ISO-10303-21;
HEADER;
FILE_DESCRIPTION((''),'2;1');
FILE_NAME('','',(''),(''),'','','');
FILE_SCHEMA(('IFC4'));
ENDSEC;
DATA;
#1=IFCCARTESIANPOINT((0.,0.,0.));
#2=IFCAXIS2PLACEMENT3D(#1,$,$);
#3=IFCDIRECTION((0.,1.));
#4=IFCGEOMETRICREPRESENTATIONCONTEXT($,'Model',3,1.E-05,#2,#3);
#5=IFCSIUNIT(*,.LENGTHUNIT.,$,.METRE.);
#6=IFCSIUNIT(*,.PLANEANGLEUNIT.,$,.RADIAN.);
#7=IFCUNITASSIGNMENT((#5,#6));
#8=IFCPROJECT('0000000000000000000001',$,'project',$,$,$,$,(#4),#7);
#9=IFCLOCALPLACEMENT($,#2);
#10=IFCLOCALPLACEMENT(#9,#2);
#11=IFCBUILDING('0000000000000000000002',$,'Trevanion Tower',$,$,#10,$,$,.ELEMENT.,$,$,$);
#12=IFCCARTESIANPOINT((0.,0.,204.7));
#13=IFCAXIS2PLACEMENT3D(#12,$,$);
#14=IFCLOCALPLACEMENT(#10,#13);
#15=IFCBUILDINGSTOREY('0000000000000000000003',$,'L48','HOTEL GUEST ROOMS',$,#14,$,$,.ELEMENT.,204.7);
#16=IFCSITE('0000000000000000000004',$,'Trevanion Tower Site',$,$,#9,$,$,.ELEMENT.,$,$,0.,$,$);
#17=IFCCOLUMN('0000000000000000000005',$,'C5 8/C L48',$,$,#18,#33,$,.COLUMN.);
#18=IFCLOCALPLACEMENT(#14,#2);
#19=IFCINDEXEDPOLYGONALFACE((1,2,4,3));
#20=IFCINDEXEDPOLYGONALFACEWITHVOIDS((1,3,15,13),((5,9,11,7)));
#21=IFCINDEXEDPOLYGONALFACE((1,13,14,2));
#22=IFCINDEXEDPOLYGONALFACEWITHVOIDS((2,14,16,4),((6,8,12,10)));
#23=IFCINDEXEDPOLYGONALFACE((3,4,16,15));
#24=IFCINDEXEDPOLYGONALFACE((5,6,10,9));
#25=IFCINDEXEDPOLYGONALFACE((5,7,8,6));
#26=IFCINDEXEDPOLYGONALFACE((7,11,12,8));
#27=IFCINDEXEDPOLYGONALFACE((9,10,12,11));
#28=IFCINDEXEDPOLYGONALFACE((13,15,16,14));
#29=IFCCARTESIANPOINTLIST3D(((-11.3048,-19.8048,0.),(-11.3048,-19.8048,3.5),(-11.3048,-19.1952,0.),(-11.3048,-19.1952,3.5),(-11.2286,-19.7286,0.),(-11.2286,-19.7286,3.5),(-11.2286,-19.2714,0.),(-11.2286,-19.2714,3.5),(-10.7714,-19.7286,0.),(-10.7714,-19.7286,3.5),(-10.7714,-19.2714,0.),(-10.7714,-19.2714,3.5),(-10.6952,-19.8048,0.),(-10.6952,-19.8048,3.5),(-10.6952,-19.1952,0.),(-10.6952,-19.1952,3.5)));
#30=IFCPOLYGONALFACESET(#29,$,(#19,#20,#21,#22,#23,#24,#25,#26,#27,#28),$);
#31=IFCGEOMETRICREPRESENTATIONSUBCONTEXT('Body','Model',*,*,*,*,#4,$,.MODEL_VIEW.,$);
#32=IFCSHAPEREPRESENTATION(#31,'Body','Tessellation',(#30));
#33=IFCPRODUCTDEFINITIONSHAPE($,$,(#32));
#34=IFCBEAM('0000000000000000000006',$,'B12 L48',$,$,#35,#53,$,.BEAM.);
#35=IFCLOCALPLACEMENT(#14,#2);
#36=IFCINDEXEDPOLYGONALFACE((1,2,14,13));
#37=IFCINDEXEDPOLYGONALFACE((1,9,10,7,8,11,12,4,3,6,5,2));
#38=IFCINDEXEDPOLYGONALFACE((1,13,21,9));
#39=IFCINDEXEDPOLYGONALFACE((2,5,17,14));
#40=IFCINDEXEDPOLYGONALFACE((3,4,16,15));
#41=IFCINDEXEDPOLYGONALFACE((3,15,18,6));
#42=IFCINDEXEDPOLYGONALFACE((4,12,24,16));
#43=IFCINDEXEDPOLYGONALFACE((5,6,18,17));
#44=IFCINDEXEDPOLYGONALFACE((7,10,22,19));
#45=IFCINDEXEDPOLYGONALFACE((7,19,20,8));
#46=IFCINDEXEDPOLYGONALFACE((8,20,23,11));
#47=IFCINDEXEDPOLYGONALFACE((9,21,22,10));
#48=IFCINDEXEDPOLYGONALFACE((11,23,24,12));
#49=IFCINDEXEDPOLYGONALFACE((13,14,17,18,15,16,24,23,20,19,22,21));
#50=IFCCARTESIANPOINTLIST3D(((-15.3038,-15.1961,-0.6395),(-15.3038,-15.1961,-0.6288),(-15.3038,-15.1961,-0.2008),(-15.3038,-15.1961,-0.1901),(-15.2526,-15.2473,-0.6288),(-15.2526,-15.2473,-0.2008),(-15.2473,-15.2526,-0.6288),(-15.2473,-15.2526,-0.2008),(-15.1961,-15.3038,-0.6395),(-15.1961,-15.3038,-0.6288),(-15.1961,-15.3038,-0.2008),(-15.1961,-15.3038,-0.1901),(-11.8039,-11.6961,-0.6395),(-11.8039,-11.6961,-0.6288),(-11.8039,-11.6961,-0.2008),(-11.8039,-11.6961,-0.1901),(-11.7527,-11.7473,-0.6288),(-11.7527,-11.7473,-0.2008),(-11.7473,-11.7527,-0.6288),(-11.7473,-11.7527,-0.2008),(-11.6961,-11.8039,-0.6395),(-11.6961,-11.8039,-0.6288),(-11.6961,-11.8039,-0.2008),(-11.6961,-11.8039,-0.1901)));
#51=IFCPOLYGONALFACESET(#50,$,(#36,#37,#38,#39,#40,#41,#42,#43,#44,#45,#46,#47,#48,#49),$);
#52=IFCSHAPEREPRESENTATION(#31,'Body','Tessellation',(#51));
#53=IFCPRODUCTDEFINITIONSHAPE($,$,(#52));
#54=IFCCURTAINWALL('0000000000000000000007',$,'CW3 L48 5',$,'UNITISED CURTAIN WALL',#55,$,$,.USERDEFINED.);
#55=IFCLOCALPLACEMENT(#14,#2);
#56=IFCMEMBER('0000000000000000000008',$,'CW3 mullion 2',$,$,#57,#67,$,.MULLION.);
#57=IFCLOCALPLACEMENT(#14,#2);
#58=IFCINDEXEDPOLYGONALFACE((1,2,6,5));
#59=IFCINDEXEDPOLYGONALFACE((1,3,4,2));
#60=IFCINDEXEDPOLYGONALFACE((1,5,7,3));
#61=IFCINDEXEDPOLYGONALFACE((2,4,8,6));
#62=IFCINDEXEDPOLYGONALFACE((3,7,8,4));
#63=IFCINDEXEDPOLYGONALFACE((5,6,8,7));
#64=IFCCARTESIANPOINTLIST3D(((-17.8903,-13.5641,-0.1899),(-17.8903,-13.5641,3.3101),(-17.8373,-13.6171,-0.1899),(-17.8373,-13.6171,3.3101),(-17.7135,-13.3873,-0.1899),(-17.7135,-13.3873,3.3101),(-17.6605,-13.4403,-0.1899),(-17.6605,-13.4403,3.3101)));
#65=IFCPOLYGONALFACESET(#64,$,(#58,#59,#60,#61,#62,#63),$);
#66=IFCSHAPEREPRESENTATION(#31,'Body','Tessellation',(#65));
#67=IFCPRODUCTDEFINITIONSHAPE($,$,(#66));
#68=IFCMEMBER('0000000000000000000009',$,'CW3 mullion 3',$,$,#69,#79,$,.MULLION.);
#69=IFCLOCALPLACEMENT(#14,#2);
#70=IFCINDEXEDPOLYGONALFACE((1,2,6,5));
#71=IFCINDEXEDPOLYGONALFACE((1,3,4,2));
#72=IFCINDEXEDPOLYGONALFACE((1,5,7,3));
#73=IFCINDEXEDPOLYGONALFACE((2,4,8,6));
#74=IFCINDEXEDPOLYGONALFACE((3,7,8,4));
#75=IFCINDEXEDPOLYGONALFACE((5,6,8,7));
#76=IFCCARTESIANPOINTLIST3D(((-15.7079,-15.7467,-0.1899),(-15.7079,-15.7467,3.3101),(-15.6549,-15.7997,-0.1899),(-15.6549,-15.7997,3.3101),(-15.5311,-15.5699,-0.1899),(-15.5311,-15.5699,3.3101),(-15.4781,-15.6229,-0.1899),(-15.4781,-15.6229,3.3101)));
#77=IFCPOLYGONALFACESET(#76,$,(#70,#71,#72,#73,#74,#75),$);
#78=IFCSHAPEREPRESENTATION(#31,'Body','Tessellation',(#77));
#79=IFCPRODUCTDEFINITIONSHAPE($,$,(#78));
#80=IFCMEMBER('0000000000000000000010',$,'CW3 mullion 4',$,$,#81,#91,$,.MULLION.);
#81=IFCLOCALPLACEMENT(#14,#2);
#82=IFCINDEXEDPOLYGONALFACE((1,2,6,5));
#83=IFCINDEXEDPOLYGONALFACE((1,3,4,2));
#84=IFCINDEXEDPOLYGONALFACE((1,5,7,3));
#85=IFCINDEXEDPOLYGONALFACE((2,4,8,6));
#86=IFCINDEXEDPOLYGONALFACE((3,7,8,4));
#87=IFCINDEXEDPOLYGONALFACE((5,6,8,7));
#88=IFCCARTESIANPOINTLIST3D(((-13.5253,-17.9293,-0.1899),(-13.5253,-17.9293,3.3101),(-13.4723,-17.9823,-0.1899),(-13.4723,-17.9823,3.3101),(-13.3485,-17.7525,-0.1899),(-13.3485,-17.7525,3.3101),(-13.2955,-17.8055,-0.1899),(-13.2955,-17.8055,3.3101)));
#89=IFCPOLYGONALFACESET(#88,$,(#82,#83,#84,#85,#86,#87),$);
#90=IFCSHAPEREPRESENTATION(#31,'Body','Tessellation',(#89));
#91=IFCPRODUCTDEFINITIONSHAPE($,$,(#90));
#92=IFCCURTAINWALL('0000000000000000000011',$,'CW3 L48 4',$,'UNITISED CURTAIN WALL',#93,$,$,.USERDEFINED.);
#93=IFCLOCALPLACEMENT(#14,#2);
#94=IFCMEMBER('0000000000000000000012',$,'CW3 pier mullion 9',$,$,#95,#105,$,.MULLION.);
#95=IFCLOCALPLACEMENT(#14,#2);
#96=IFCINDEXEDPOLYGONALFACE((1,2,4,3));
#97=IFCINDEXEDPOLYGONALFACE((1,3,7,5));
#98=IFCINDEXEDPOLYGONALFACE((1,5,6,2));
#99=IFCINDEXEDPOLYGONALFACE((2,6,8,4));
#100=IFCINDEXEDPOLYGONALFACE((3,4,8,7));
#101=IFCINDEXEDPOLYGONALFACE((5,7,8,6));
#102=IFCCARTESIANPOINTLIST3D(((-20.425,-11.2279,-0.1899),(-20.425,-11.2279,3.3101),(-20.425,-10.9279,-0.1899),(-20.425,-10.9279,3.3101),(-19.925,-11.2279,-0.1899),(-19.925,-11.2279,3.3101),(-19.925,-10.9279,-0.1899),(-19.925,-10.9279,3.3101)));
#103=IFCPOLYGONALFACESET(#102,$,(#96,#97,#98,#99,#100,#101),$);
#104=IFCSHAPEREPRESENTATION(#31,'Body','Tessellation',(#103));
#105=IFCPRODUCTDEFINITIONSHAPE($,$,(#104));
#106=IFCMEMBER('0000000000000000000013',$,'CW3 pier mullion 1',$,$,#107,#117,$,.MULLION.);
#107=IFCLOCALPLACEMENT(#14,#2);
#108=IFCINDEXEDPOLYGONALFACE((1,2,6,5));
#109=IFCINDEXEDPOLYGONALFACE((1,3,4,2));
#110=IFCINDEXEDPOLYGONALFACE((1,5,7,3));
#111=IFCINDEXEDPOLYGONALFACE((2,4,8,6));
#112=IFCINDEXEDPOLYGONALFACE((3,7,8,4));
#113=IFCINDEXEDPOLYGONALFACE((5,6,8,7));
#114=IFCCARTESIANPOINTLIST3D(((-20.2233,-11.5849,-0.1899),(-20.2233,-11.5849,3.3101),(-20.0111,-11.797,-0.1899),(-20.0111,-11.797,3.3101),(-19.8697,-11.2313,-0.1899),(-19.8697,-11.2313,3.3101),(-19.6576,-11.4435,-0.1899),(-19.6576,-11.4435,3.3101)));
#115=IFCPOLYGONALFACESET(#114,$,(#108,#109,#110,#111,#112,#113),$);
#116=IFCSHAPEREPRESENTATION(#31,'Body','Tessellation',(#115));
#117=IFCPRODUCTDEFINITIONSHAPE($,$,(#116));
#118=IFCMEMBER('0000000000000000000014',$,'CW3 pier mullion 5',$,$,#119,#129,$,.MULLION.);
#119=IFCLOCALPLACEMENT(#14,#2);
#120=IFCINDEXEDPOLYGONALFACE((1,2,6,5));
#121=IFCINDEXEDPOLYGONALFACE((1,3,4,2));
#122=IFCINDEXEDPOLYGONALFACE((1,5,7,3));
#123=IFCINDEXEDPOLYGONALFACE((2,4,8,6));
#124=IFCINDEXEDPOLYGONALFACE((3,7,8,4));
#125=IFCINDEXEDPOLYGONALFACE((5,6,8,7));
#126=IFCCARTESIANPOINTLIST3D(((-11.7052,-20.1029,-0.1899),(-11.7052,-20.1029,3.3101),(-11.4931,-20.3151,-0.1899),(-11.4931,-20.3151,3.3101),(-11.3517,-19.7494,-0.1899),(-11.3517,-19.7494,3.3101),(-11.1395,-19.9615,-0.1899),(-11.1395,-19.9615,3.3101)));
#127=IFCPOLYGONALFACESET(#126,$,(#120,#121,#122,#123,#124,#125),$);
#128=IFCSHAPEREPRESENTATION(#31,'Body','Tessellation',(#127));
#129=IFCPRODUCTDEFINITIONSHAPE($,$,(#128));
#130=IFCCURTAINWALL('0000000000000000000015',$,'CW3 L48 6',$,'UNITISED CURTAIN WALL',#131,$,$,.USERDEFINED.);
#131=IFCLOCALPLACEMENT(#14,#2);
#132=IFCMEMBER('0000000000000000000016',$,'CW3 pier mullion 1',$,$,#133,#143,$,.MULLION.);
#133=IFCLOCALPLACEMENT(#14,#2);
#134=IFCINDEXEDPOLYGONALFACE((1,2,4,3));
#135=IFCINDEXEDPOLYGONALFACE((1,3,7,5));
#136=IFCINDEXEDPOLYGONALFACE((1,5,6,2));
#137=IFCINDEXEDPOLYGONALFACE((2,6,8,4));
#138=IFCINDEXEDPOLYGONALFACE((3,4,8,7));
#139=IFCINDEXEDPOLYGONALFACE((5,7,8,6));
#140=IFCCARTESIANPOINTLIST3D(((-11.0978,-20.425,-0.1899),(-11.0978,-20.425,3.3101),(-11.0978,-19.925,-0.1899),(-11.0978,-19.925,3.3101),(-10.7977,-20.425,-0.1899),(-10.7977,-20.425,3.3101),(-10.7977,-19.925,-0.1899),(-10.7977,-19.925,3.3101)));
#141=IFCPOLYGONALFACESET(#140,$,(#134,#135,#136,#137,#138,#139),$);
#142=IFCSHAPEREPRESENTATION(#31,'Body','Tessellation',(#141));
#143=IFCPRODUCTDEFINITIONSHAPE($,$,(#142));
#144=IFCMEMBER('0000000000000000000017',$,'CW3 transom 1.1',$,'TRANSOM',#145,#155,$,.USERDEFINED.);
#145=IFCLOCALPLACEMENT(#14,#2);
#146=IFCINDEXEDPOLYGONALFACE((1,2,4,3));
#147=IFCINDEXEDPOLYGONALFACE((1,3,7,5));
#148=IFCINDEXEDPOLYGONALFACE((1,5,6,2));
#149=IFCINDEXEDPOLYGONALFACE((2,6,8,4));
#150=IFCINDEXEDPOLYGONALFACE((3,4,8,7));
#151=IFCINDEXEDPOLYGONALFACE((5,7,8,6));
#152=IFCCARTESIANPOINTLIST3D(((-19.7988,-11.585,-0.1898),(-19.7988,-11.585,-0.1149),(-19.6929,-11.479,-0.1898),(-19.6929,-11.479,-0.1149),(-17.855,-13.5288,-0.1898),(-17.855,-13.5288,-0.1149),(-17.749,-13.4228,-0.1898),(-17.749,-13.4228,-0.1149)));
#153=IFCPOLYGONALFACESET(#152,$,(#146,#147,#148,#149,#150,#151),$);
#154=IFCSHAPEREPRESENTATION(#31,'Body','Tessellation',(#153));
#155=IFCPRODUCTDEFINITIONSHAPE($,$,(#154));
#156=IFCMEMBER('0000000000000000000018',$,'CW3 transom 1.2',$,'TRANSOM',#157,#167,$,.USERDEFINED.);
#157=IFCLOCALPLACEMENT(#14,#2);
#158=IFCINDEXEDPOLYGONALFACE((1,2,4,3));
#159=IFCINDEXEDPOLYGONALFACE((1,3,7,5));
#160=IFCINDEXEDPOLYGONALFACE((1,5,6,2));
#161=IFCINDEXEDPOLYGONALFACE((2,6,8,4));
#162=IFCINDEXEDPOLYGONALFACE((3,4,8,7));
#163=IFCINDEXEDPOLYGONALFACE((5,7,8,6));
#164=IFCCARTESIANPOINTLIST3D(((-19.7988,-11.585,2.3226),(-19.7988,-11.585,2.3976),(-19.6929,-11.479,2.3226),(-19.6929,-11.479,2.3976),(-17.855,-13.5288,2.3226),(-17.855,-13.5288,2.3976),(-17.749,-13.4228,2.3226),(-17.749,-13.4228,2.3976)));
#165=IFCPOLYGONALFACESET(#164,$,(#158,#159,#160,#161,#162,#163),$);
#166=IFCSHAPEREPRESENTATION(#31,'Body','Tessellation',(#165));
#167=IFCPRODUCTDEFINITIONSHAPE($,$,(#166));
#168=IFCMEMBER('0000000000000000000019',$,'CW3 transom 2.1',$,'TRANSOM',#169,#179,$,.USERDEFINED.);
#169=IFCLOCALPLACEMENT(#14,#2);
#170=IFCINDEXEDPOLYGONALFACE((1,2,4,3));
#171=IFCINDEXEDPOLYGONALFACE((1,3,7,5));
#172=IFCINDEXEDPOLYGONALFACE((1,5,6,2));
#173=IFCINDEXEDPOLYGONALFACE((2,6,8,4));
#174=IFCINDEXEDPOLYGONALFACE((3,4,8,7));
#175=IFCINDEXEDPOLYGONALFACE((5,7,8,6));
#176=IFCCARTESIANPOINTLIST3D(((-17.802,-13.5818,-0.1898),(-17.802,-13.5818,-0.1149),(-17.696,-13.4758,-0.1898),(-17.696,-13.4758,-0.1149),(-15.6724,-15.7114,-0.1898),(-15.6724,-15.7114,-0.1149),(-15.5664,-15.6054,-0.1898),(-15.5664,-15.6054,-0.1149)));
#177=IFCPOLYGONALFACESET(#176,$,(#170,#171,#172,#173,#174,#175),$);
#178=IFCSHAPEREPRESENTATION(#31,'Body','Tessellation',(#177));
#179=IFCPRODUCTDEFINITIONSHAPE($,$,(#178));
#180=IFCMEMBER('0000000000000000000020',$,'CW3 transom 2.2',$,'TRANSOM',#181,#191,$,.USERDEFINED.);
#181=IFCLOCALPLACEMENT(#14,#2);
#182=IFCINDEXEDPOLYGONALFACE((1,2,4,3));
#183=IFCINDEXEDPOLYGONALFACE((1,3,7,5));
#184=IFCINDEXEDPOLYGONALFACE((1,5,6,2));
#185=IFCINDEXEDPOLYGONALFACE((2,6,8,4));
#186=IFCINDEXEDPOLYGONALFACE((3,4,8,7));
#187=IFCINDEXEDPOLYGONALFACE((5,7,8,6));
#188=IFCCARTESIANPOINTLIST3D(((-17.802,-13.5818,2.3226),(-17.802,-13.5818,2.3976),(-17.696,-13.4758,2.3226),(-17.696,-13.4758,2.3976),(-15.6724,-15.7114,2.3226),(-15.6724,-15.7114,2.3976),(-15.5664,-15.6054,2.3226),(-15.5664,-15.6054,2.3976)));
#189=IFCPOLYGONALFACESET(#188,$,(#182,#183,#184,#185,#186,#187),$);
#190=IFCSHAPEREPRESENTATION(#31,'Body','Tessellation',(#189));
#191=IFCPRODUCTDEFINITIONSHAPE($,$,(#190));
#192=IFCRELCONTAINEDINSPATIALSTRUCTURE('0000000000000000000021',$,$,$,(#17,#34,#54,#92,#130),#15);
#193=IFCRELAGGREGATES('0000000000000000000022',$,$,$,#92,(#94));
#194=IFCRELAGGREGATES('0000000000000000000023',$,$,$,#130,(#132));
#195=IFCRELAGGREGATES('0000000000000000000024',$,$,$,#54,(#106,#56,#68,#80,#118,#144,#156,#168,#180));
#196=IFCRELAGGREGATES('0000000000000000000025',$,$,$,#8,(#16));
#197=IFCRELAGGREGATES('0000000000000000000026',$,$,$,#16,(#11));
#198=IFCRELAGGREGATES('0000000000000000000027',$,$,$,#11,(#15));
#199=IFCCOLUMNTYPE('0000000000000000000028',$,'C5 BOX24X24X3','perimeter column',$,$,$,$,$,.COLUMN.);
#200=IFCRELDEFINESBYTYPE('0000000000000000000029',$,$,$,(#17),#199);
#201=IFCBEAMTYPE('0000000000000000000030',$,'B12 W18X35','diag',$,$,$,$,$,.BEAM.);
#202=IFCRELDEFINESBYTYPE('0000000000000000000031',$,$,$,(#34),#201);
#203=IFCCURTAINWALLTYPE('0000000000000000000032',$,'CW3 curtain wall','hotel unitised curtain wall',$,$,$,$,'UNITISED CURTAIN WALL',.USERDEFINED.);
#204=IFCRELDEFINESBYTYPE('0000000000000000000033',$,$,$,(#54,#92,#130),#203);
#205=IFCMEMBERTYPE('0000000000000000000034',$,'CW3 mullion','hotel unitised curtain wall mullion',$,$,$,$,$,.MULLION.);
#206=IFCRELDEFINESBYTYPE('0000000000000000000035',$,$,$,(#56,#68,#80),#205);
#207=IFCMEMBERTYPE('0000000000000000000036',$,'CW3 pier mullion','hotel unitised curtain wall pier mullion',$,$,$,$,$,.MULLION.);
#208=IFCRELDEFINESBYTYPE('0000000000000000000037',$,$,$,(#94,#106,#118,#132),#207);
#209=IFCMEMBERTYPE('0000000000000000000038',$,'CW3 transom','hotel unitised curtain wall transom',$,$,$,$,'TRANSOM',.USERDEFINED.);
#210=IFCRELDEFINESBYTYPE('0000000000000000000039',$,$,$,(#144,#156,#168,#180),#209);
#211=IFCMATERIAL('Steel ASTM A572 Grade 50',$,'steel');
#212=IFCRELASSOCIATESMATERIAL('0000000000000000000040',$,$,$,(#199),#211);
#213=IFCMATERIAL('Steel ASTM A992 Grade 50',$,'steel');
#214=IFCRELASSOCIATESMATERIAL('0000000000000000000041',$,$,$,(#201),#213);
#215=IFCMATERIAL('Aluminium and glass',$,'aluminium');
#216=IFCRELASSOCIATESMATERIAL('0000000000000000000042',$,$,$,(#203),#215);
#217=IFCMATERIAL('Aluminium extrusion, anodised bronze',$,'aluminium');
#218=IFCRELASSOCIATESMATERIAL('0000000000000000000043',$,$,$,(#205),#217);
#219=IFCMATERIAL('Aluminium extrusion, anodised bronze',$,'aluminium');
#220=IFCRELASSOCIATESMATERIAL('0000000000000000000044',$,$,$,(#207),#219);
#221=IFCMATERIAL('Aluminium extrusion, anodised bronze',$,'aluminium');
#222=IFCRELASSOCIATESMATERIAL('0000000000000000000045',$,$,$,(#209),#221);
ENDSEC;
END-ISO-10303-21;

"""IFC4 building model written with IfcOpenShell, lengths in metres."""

from ifc_helpers import new_model, si_unit, direction, frame, origin, origin_2d, place, context, subcontext, project, spatial, rectangle, hollow_rectangle, i_section, extrude, material, material_profile, profile_set, type_object, element, aggregate, save


model = new_model("IFC4")

# Units and contexts
model_context = context("Model", 3, precision=1e-05, world=origin(), true_north=direction((0.0, 1.0)))
body_context = subcontext(model_context, "Body", "Model", "MODEL_VIEW")
ifc_project = project(units=[si_unit("LENGTHUNIT", "METRE"), si_unit("PLANEANGLEUNIT", "RADIAN")], contexts=[model_context])

# Site, building, storey
site_placement = place(None, origin())
site = spatial("IfcSite", under=ifc_project, at=site_placement, Name="Trevanion Tower Site", CompositionType="ELEMENT", RefElevation=0.0)
building_placement = place(site_placement, origin())
building = spatial("IfcBuilding", under=site, at=building_placement, Name="Trevanion Tower", CompositionType="ELEMENT")
storey_placement = place(building_placement, frame((0.0, 0.0, 204.7)))
storey = spatial("IfcBuildingStorey", under=building, at=storey_placement, Name="L48", Description="HOTEL GUEST ROOMS", CompositionType="ELEMENT", Elevation=204.7)

# Column
ifc_material_1 = material(Name="Steel ASTM A572 Grade 50", Category="steel")
ifc_material_profile_1 = material_profile(ifc_material_1, hollow_rectangle(XDim=0.6096, YDim=0.6096, WallThickness=0.0762, at=origin_2d()), Name="BOX24X24X3")
ifc_profile_set_1 = profile_set([ifc_material_profile_1], Name="Steel ASTM A572 Grade 50")
column_type = type_object("IfcColumnType", Name="C5 BOX24X24X3", Description="perimeter column", PredefinedType="COLUMN", material=ifc_profile_set_1)
column_placement = place(storey_placement, frame((-11.0, -19.5, 0.0), z_axis=(0.0, 0.0, 1.0), x_axis=(1.0, 0.0, 0.0)))
element("IfcColumn", 1, at=column_placement, inside=storey, type_object=column_type, Name="C5 8/C L48", PredefinedType="COLUMN", context=body_context, shape_type="SweptSolid", body=[
    extrude(hollow_rectangle(XDim=0.6096, YDim=0.6096, WallThickness=0.0762, at=origin_2d()), origin(), (0.0, 0.0, 1.0), 3.5),
])

# Beam
ifc_material_2 = material(Name="Steel ASTM A992 Grade 50", Category="steel")
ifc_material_profile_2 = material_profile(ifc_material_2, i_section(OverallWidth=0.1523, OverallDepth=0.4495, WebThickness=0.0076, FlangeThickness=0.0107, at=origin_2d()), Name="W18X35")
ifc_profile_set_2 = profile_set([ifc_material_profile_2], Name="Steel ASTM A992 Grade 50")
beam_type_1 = type_object("IfcBeamType", Name="B12 W18X35", Description="diag", PredefinedType="BEAM", material=ifc_profile_set_2)
beam_1_placement = place(storey_placement, frame((-11.75, -11.75, -0.4148), z_axis=(-0.707107, -0.707107, 0.0), x_axis=(0.707107, -0.707107, 0.0)))
element("IfcBeam", 2, at=beam_1_placement, inside=storey, type_object=beam_type_1, Name="B12 L48", PredefinedType="BEAM", context=body_context, shape_type="SweptSolid", body=[
    extrude(i_section(OverallWidth=0.1523, OverallDepth=0.4495, WebThickness=0.0076, FlangeThickness=0.0107, at=origin_2d()), origin(), (0.0, 0.0, 1.0), 4.9497),
])

# Curtain wall, members
ifc_material_3 = material(Name="Aluminium and glass", Category="aluminium")
curtain_wall_type = type_object("IfcCurtainWallType", Name="CW3 curtain wall", Description="hotel unitised curtain wall", ElementType="UNITISED CURTAIN WALL", PredefinedType="USERDEFINED", material=ifc_material_3)
curtain_wall_1_placement = place(storey_placement, origin())
curtain_wall_1 = element("IfcCurtainWall", 3, at=curtain_wall_1_placement, inside=storey, type_object=curtain_wall_type, Name="CW3 L48 5", ObjectType="UNITISED CURTAIN WALL", PredefinedType="USERDEFINED")
ifc_material_4 = material(Name="Aluminium extrusion, anodised bronze", Category="aluminium")
ifc_material_profile_3 = material_profile(ifc_material_4, rectangle(XDim=0.075, YDim=0.25, at=origin_2d()), Name="CW3 mullion")
ifc_profile_set_3 = profile_set([ifc_material_profile_3], Name="Aluminium extrusion, anodised bronze")
member_type_1 = type_object("IfcMemberType", Name="CW3 mullion", Description="hotel unitised curtain wall mullion", PredefinedType="MULLION", material=ifc_profile_set_3)
member_1_placement = place(storey_placement, frame((-17.7754, -13.5022, -0.1899), z_axis=(0.0, 0.0, 1.0), x_axis=(0.707107, -0.707107, 0.0)))
member_1 = element("IfcMember", 4, at=member_1_placement, type_object=member_type_1, Name="CW3 mullion 2", PredefinedType="MULLION", context=body_context, shape_type="SweptSolid", body=[
    extrude(rectangle(XDim=0.075, YDim=0.25, at=origin_2d()), origin(), (0.0, 0.0, 1.0), 3.5),
])
member_2_placement = place(storey_placement, frame((-15.593, -15.6848, -0.1899), z_axis=(0.0, 0.0, 1.0), x_axis=(0.707107, -0.707107, 0.0)))
member_2 = element("IfcMember", 5, at=member_2_placement, type_object=member_type_1, Name="CW3 mullion 3", PredefinedType="MULLION", context=body_context, shape_type="SweptSolid", body=[
    extrude(rectangle(XDim=0.075, YDim=0.25, at=origin_2d()), origin(), (0.0, 0.0, 1.0), 3.5),
])
member_3_placement = place(storey_placement, frame((-13.4104, -17.8674, -0.1899), z_axis=(0.0, 0.0, 1.0), x_axis=(0.707107, -0.707107, 0.0)))
member_3 = element("IfcMember", 6, at=member_3_placement, type_object=member_type_1, Name="CW3 mullion 4", PredefinedType="MULLION", context=body_context, shape_type="SweptSolid", body=[
    extrude(rectangle(XDim=0.075, YDim=0.25, at=origin_2d()), origin(), (0.0, 0.0, 1.0), 3.5),
])

# Curtain wall, member
curtain_wall_2_placement = place(storey_placement, origin())
curtain_wall_2 = element("IfcCurtainWall", 7, at=curtain_wall_2_placement, inside=storey, type_object=curtain_wall_type, Name="CW3 L48 4", ObjectType="UNITISED CURTAIN WALL", PredefinedType="USERDEFINED")
ifc_material_5 = material(Name="Aluminium extrusion, anodised bronze", Category="aluminium")
ifc_material_profile_4 = material_profile(ifc_material_5, rectangle(XDim=0.3, YDim=0.5, at=origin_2d()), Name="CW3 pier mullion")
ifc_profile_set_4 = profile_set([ifc_material_profile_4], Name="Aluminium extrusion, anodised bronze")
member_type_2 = type_object("IfcMemberType", Name="CW3 pier mullion", Description="hotel unitised curtain wall pier mullion", PredefinedType="MULLION", material=ifc_profile_set_4)
member_4_placement = place(storey_placement, frame((-20.175, -11.0779, -0.1899), z_axis=(0.0, 0.0, 1.0), x_axis=(0.0, -1.0, 0.0)))
member_4 = element("IfcMember", 8, at=member_4_placement, type_object=member_type_2, Name="CW3 pier mullion 9", PredefinedType="MULLION", context=body_context, shape_type="SweptSolid", body=[
    extrude(rectangle(XDim=0.3, YDim=0.5, at=origin_2d()), origin(), (0.0, 0.0, 1.0), 3.5),
])
aggregate(curtain_wall_2, [member_4])

# Members
member_5_placement = place(storey_placement, frame((-19.9404, -11.5142, -0.1899), z_axis=(0.0, 0.0, 1.0), x_axis=(0.707107, -0.707107, 0.0)))
member_5 = element("IfcMember", 9, at=member_5_placement, type_object=member_type_2, Name="CW3 pier mullion 1", PredefinedType="MULLION", context=body_context, shape_type="SweptSolid", body=[
    extrude(rectangle(XDim=0.3, YDim=0.5, at=origin_2d()), origin(), (0.0, 0.0, 1.0), 3.5),
])
member_6_placement = place(storey_placement, frame((-11.4224, -20.0322, -0.1899), z_axis=(0.0, 0.0, 1.0), x_axis=(0.707107, -0.707107, 0.0)))
member_6 = element("IfcMember", 10, at=member_6_placement, type_object=member_type_2, Name="CW3 pier mullion 5", PredefinedType="MULLION", context=body_context, shape_type="SweptSolid", body=[
    extrude(rectangle(XDim=0.3, YDim=0.5, at=origin_2d()), origin(), (0.0, 0.0, 1.0), 3.5),
])

# Curtain wall, member
curtain_wall_3_placement = place(storey_placement, origin())
curtain_wall_3 = element("IfcCurtainWall", 11, at=curtain_wall_3_placement, inside=storey, type_object=curtain_wall_type, Name="CW3 L48 6", ObjectType="UNITISED CURTAIN WALL", PredefinedType="USERDEFINED")
member_7_placement = place(storey_placement, frame((-10.9478, -20.175, -0.1899), z_axis=(0.0, 0.0, 1.0), x_axis=(1.0, 0.0, 0.0)))
member_7 = element("IfcMember", 12, at=member_7_placement, type_object=member_type_2, Name="CW3 pier mullion 1", PredefinedType="MULLION", context=body_context, shape_type="SweptSolid", body=[
    extrude(rectangle(XDim=0.3, YDim=0.5, at=origin_2d()), origin(), (0.0, 0.0, 1.0), 3.5),
])

# Members
ifc_material_6 = material(Name="Aluminium extrusion, anodised bronze", Category="aluminium")
ifc_material_profile_5 = material_profile(ifc_material_6, rectangle(XDim=0.1499, YDim=0.075, at=origin_2d()), Name="CW3 transom")
ifc_profile_set_5 = profile_set([ifc_material_profile_5], Name="Aluminium extrusion, anodised bronze")
member_type_3 = type_object("IfcMemberType", Name="CW3 transom", Description="hotel unitised curtain wall transom", ElementType="TRANSOM", PredefinedType="USERDEFINED", material=ifc_profile_set_5)
member_8_placement = place(storey_placement, frame((-19.7458, -11.532, -0.1523), z_axis=(0.707107, -0.707107, 0.0), x_axis=(0.707107, 0.707107, 0.0)))
member_8 = element("IfcMember", 13, at=member_8_placement, type_object=member_type_3, Name="CW3 transom 1.1", ObjectType="TRANSOM", PredefinedType="USERDEFINED", context=body_context, shape_type="SweptSolid", body=[
    extrude(rectangle(XDim=0.1499, YDim=0.075, at=origin_2d()), origin(), (0.0, 0.0, 1.0), 2.749),
])
member_9_placement = place(storey_placement, frame((-19.7458, -11.532, 2.3601), z_axis=(0.707107, -0.707107, 0.0), x_axis=(0.707107, 0.707107, 0.0)))
member_9 = element("IfcMember", 14, at=member_9_placement, type_object=member_type_3, Name="CW3 transom 1.2", ObjectType="TRANSOM", PredefinedType="USERDEFINED", context=body_context, shape_type="SweptSolid", body=[
    extrude(rectangle(XDim=0.1499, YDim=0.075, at=origin_2d()), origin(), (0.0, 0.0, 1.0), 2.749),
])
member_10_placement = place(storey_placement, frame((-17.749, -13.5288, -0.1523), z_axis=(0.707107, -0.707107, 0.0), x_axis=(0.707107, 0.707107, 0.0)))
member_10 = element("IfcMember", 15, at=member_10_placement, type_object=member_type_3, Name="CW3 transom 2.1", ObjectType="TRANSOM", PredefinedType="USERDEFINED", context=body_context, shape_type="SweptSolid", body=[
    extrude(rectangle(XDim=0.1499, YDim=0.075, at=origin_2d()), origin(), (0.0, 0.0, 1.0), 3.0117),
])
member_11_placement = place(storey_placement, frame((-17.749, -13.5288, 2.3601), z_axis=(0.707107, -0.707107, 0.0), x_axis=(0.707107, 0.707107, 0.0)))
member_11 = element("IfcMember", 16, at=member_11_placement, type_object=member_type_3, Name="CW3 transom 2.2", ObjectType="TRANSOM", PredefinedType="USERDEFINED", context=body_context, shape_type="SweptSolid", body=[
    extrude(rectangle(XDim=0.1499, YDim=0.075, at=origin_2d()), origin(), (0.0, 0.0, 1.0), 3.0117),
])
aggregate(curtain_wall_3, [member_7])

aggregate(curtain_wall_1, [member_5, member_1, member_2, member_3, member_6, member_8, member_9, member_10, member_11])

save(model, "model.ifc")
